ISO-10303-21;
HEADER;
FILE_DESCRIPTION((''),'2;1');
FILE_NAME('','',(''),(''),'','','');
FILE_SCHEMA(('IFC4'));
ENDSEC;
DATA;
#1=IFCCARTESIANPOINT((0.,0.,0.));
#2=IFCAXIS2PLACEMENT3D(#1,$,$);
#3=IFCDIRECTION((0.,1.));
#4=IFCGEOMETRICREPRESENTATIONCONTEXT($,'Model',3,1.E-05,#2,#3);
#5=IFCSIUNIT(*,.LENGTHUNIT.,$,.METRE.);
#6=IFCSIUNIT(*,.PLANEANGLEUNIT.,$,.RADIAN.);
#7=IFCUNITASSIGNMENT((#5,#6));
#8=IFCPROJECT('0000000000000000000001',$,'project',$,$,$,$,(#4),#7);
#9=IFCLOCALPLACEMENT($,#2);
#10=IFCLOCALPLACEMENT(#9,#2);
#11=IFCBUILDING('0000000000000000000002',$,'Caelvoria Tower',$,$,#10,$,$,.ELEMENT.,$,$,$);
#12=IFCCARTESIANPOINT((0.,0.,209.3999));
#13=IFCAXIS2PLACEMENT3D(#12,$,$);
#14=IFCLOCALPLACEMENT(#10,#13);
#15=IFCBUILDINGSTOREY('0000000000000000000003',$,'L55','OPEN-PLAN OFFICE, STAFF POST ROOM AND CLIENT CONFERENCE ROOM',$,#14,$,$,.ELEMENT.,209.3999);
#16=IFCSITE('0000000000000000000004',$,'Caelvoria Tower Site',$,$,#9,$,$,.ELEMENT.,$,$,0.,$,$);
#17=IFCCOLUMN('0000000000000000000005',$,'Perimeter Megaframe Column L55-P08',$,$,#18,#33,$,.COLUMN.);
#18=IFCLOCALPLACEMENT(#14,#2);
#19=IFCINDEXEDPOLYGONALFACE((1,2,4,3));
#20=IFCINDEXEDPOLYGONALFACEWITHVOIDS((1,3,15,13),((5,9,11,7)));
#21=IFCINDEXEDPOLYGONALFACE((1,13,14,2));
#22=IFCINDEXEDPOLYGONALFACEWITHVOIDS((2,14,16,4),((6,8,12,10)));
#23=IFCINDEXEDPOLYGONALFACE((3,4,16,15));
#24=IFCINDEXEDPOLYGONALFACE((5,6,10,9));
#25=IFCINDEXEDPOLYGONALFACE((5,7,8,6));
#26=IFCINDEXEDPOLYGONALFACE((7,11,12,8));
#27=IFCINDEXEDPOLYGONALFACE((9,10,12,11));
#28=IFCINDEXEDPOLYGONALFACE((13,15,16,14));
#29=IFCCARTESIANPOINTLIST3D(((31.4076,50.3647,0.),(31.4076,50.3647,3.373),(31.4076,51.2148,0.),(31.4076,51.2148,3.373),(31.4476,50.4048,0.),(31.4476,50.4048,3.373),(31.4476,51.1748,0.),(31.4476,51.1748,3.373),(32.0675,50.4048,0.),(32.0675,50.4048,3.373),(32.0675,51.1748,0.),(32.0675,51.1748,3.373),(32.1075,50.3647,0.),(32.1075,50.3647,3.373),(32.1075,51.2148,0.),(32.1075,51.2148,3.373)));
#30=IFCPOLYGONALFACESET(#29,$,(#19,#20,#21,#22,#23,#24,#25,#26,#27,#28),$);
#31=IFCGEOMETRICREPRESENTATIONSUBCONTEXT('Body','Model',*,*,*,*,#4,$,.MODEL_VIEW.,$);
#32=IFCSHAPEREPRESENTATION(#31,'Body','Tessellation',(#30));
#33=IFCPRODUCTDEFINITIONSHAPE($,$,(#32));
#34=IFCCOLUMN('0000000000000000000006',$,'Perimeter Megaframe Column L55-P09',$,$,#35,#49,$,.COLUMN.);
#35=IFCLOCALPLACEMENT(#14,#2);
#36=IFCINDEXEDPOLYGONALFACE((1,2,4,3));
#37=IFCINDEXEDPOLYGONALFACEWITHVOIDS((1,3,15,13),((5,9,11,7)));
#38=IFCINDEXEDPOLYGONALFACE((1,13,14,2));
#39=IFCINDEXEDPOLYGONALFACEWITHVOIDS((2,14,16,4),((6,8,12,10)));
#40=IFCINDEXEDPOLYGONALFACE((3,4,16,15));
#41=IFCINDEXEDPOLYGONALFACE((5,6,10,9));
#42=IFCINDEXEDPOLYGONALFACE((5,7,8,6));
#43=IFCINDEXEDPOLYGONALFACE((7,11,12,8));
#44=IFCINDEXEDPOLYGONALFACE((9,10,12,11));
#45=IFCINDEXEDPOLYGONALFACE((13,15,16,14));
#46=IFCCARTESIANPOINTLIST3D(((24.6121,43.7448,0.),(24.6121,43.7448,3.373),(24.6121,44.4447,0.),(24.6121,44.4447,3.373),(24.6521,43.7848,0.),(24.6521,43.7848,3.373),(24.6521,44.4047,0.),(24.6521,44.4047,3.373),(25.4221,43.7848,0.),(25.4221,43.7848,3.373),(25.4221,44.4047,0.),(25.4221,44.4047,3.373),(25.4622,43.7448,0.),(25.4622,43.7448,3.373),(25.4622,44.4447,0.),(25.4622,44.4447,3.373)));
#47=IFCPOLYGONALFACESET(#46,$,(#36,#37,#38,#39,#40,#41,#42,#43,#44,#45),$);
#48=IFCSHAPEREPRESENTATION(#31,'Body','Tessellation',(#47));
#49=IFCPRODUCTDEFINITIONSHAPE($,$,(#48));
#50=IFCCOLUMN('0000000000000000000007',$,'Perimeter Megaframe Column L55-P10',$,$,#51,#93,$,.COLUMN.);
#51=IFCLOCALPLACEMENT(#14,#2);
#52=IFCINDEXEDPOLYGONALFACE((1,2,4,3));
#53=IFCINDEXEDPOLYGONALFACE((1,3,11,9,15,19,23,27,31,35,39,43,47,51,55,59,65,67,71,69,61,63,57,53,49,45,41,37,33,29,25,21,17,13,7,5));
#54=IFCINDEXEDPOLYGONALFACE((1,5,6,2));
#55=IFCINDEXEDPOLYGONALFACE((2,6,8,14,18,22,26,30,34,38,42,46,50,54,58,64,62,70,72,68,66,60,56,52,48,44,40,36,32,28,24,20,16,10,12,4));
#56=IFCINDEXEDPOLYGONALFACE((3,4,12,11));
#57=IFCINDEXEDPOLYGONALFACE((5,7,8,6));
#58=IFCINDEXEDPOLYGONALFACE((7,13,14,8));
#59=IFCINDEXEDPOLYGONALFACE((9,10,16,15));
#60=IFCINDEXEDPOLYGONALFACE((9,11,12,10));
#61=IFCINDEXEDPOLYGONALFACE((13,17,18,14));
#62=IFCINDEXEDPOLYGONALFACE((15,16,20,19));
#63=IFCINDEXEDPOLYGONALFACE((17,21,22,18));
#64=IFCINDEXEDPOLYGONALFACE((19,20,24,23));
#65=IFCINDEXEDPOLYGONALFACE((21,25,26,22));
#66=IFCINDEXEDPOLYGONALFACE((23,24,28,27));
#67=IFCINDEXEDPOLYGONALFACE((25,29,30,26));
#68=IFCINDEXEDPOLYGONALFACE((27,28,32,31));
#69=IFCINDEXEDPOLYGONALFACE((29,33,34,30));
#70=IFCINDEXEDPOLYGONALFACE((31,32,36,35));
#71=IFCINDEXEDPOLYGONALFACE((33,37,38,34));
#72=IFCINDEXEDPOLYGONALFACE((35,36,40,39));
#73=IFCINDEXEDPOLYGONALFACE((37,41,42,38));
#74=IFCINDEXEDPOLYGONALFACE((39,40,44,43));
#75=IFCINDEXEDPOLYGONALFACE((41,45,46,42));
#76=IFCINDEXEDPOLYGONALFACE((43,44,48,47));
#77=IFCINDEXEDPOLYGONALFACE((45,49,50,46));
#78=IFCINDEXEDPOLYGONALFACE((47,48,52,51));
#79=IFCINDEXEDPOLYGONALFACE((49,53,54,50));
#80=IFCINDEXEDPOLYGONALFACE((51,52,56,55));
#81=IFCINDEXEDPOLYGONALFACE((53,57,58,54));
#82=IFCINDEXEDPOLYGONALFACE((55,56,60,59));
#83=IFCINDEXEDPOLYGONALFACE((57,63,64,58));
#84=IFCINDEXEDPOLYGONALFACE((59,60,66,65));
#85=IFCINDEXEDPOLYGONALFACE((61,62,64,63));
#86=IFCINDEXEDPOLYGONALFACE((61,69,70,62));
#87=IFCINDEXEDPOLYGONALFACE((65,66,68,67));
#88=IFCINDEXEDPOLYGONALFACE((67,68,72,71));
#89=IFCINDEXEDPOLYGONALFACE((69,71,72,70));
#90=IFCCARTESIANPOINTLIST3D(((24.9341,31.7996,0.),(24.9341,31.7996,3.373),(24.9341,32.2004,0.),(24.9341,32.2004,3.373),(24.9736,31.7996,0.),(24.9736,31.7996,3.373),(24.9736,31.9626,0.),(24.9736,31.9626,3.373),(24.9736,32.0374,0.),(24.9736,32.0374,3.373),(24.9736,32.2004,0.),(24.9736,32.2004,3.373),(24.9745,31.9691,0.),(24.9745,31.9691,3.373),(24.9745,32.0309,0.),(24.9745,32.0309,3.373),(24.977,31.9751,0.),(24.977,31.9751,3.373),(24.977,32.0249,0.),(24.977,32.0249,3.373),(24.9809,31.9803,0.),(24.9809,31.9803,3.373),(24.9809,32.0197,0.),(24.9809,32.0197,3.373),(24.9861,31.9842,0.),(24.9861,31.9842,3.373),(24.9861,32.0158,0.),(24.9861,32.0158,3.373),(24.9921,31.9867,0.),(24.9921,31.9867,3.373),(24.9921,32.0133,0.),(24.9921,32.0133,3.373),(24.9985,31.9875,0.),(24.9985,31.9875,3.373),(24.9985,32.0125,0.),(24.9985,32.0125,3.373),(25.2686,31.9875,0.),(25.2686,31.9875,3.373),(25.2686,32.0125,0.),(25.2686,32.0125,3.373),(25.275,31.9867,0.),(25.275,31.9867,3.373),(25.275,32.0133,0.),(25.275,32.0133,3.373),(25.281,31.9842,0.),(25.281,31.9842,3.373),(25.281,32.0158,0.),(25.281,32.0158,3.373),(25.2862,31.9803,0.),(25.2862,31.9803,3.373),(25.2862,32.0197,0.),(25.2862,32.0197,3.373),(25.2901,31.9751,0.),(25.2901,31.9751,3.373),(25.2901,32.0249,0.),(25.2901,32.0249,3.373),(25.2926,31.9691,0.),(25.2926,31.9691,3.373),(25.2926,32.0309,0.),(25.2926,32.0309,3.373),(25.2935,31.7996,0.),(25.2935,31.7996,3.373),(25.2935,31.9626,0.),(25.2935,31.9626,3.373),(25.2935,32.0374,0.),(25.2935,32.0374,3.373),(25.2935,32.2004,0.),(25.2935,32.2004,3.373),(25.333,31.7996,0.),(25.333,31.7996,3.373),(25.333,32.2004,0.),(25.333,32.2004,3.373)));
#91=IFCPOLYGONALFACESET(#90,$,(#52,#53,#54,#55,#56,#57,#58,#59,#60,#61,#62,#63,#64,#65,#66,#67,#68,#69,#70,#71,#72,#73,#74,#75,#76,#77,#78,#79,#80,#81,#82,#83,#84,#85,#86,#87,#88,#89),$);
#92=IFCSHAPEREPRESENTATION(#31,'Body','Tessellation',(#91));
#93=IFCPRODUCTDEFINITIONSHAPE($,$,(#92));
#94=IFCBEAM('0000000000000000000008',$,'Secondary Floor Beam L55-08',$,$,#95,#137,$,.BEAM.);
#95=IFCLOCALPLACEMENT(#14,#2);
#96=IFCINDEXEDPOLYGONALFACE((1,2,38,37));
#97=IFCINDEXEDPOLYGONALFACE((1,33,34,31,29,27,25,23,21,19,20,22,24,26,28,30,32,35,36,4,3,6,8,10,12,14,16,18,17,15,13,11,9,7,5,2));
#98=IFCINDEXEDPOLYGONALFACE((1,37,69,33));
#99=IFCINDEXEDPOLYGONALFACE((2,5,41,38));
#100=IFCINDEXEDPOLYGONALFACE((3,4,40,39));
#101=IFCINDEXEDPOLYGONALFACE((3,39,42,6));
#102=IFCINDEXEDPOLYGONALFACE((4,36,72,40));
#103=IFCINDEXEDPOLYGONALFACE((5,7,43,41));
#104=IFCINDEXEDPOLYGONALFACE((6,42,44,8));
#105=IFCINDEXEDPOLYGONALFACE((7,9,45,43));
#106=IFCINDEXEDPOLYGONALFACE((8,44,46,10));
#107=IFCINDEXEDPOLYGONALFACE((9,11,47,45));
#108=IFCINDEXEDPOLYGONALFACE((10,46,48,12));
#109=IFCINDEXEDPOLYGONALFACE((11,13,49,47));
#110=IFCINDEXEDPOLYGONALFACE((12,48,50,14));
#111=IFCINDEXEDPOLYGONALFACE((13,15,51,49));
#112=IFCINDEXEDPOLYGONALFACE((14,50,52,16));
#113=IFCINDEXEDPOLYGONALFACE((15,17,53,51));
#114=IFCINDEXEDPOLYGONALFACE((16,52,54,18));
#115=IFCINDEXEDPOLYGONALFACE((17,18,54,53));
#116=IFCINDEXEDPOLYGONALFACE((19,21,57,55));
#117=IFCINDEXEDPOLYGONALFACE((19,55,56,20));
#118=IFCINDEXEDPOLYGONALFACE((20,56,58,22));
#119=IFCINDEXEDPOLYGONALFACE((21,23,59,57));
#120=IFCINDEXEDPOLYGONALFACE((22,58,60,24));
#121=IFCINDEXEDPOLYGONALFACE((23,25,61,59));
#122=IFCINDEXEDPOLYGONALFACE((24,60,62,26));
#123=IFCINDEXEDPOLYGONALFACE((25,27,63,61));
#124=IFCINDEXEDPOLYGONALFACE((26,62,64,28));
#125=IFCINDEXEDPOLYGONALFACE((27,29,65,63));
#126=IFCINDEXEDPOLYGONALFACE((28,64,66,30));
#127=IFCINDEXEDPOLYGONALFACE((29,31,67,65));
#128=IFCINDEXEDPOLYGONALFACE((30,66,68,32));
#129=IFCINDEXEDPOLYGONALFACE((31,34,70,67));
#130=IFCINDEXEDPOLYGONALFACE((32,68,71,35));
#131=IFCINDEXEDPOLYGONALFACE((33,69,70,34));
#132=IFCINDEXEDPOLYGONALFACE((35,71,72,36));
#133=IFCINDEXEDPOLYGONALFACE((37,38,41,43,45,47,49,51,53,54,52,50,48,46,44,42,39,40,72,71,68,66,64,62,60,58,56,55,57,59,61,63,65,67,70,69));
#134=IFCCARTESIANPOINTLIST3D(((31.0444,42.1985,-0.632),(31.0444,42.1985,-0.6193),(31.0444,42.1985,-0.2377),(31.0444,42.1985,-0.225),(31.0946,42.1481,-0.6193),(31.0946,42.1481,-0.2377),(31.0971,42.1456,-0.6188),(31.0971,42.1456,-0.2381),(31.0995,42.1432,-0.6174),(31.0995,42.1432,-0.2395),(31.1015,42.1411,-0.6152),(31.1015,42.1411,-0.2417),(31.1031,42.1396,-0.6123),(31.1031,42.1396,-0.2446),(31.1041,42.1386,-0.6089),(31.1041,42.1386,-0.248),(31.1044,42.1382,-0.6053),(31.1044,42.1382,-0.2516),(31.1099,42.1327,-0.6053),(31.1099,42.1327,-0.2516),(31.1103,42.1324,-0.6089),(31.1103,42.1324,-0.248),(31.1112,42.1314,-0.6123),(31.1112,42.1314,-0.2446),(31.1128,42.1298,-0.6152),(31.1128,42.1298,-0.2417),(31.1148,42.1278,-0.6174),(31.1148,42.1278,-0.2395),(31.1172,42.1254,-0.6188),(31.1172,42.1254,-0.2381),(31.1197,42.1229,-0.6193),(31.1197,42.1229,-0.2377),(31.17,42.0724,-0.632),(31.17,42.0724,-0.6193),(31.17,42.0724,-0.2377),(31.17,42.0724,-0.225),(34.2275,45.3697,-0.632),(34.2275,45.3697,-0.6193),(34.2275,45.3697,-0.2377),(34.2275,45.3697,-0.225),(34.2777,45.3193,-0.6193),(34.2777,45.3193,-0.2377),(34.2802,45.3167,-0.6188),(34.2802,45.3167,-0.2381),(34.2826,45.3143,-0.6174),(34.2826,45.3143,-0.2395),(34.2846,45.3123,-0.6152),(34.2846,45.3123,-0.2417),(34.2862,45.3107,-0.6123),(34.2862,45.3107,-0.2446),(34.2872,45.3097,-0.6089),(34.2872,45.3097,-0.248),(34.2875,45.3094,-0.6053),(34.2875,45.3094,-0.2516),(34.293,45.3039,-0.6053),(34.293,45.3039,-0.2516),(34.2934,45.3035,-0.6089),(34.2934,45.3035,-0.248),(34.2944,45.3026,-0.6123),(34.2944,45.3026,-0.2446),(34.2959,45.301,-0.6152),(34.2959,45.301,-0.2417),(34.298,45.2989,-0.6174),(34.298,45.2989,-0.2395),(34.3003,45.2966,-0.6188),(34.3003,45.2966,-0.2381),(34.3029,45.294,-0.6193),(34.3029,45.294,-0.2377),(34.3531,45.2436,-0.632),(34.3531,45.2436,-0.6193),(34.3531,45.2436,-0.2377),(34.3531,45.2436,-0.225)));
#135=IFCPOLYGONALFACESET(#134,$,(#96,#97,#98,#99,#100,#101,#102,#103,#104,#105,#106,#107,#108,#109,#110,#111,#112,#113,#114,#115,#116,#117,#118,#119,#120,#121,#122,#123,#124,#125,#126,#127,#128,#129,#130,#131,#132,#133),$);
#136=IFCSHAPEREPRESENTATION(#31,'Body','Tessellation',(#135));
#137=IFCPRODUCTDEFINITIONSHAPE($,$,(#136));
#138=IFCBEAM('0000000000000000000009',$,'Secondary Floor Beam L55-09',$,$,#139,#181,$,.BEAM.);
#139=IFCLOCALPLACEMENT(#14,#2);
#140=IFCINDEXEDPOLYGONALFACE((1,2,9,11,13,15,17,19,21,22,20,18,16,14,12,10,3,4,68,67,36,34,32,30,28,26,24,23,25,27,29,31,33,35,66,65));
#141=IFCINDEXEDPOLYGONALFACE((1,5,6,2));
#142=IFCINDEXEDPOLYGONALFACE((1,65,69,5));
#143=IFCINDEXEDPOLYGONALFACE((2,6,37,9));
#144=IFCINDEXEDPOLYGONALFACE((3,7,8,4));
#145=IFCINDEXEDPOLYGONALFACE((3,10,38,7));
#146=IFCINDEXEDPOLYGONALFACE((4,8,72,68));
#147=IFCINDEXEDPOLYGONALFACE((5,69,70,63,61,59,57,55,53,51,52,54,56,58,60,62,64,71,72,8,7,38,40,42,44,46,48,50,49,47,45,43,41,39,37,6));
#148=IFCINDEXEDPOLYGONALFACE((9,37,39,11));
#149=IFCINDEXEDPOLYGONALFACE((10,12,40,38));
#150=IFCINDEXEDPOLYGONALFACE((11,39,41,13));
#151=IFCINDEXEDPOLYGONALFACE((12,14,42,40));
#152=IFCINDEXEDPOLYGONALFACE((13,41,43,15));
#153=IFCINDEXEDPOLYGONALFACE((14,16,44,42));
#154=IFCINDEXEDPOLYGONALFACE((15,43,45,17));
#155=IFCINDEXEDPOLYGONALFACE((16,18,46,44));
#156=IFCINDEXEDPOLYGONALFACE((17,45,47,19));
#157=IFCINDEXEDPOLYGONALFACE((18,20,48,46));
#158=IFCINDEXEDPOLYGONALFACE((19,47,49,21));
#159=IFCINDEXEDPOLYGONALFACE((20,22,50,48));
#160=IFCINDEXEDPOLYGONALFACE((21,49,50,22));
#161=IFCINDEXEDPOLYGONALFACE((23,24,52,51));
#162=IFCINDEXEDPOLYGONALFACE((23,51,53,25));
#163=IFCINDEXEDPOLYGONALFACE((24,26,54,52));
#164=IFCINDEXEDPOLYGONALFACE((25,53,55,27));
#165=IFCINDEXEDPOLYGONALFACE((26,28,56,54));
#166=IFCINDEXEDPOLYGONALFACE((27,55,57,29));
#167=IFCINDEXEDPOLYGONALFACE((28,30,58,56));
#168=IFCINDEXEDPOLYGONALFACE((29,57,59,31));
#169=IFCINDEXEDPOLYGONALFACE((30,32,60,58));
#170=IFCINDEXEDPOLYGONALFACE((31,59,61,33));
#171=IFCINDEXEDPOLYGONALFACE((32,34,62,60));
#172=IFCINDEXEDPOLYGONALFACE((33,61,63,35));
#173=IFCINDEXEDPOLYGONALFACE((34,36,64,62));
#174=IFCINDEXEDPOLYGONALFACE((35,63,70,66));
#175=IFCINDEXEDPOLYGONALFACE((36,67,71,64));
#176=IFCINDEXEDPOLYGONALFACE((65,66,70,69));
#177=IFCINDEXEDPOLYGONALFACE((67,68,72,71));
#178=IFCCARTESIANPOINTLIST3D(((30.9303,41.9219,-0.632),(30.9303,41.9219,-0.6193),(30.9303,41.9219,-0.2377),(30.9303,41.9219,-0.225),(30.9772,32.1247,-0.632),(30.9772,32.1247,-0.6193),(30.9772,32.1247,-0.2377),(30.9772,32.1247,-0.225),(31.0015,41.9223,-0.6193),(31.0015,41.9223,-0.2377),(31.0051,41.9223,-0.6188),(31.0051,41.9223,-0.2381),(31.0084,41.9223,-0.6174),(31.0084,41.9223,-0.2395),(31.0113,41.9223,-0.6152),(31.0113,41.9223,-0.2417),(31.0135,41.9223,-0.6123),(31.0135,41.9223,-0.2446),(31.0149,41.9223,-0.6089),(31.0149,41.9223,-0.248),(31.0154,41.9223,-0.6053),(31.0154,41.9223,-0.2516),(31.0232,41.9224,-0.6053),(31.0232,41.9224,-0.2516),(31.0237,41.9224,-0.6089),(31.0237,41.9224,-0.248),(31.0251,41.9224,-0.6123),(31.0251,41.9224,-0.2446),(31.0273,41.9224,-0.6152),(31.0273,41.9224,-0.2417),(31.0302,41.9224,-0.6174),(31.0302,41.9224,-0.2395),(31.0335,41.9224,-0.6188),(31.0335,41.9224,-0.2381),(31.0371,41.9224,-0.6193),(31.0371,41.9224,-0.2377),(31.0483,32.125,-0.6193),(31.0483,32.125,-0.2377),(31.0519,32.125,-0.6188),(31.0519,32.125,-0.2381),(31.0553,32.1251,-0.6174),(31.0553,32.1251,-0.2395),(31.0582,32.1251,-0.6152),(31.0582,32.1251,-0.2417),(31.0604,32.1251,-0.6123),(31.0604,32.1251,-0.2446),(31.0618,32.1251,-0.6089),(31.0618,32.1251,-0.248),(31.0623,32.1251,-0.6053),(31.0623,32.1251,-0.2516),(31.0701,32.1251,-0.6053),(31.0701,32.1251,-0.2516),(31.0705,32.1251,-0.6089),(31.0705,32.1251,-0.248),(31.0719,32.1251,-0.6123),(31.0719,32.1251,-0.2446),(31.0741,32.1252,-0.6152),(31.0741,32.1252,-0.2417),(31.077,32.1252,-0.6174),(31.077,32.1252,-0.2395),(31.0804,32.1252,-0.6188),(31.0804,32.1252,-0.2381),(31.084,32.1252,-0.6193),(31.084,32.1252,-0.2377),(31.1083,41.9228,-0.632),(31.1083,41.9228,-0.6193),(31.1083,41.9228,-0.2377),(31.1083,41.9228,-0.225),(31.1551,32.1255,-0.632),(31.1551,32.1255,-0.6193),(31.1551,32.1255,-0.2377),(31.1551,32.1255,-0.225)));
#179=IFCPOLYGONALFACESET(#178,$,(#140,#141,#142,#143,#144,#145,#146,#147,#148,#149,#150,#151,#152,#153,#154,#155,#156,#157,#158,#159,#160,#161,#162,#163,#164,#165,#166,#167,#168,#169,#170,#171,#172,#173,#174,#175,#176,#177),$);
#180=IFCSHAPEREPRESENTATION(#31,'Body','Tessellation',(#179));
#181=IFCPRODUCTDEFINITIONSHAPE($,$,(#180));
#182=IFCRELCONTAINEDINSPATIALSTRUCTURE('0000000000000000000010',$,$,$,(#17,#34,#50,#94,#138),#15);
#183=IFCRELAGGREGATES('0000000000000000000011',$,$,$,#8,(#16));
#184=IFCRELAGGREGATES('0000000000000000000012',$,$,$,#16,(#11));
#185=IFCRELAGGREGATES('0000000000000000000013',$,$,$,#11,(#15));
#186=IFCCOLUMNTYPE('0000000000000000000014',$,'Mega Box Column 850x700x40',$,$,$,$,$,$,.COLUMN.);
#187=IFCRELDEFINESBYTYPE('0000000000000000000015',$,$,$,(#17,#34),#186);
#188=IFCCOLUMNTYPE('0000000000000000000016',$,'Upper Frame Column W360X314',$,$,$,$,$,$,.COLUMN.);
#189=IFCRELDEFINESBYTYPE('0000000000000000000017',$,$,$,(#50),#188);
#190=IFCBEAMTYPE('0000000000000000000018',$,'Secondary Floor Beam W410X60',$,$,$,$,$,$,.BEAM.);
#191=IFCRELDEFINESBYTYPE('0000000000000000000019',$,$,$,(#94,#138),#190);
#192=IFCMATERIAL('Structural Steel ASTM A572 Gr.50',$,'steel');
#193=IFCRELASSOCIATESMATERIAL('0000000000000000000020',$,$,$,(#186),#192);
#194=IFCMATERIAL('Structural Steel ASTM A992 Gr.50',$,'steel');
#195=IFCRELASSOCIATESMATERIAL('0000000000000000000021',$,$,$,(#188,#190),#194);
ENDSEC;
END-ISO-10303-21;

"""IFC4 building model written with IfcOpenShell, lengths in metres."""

from ifc_helpers import new_model, si_unit, direction, frame, origin, origin_2d, place, context, subcontext, project, spatial, hollow_rectangle, i_section, extrude, material, material_profile, profile_set, type_object, element, save


model = new_model("IFC4")

# Units and contexts
model_context = context("Model", 3, precision=1e-05, world=origin(), true_north=direction((0.0, 1.0)))
body_context = subcontext(model_context, "Body", "Model", "MODEL_VIEW")
ifc_project = project(units=[si_unit("LENGTHUNIT", "METRE"), si_unit("PLANEANGLEUNIT", "RADIAN")], contexts=[model_context])

# Site, building, storey
site_placement = place(None, origin())
site = spatial("IfcSite", under=ifc_project, at=site_placement, Name="Caelvoria Tower Site", CompositionType="ELEMENT", RefElevation=0.0)
building_placement = place(site_placement, origin())
building = spatial("IfcBuilding", under=site, at=building_placement, Name="Caelvoria Tower", CompositionType="ELEMENT")
storey_placement = place(building_placement, frame((0.0, 0.0, 209.3999)))
storey = spatial("IfcBuildingStorey", under=building, at=storey_placement, Name="L55", Description="OPEN-PLAN OFFICE, STAFF POST ROOM AND CLIENT CONFERENCE ROOM", CompositionType="ELEMENT", Elevation=209.3999)

# Columns
ifc_material_1 = material(Name="Structural Steel ASTM A572 Gr.50", Category="steel")
ifc_material_profile_1 = material_profile(ifc_material_1, hollow_rectangle(XDim=0.7, YDim=0.8501, WallThickness=0.04, at=origin_2d()), Name="Structural Steel ASTM A572 Gr.50")
ifc_profile_set_1 = profile_set([ifc_material_profile_1], Name="BOX850X700X40 - Structural Steel ASTM A572 Gr.50")
column_type_1 = type_object("IfcColumnType", Name="Mega Box Column 850x700x40", PredefinedType="COLUMN", material=ifc_profile_set_1)
for number, where, z_axis, x_axis, name in (
    (1, (31.7576, 50.7898, 0.0), (0.0, 0.0, 1.0), (1.0, 0.0, 0.0), "Perimeter Megaframe Column L55-P08"),
    (2, (25.0371, 44.0947, 0.0), (0.0, 0.0, 1.0), (0.0, 1.0, 0.0), "Perimeter Megaframe Column L55-P09"),
):
    element("IfcColumn", number, at=place(storey_placement, frame(where, z_axis=z_axis, x_axis=x_axis)), inside=storey, type_object=column_type_1, Name=name, PredefinedType="COLUMN", context=body_context, shape_type="SweptSolid", body=[
        extrude(hollow_rectangle(XDim=0.7, YDim=0.8501, WallThickness=0.04, at=origin_2d()), origin(), (0.0, 0.0, 1.0), 3.373),
    ])
ifc_material_2 = material(Name="Structural Steel ASTM A992 Gr.50", Category="steel")
ifc_material_profile_2 = material_profile(ifc_material_2, i_section(OverallWidth=0.4009, OverallDepth=0.3989, WebThickness=0.0249, FlangeThickness=0.0396, FilletRadius=0.0249, at=origin_2d()), Name="Structural Steel ASTM A992 Gr.50")
ifc_profile_set_2 = profile_set([ifc_material_profile_2], Name="W360X314 - Structural Steel ASTM A992 Gr.50")
column_type_2 = type_object("IfcColumnType", Name="Upper Frame Column W360X314", PredefinedType="COLUMN", material=ifc_profile_set_2)
column_placement = place(storey_placement, frame((25.1335, 32.0, 0.0), z_axis=(0.0, 0.0, 1.0), x_axis=(0.0, 1.0, 0.0)))
element("IfcColumn", 3, at=column_placement, inside=storey, type_object=column_type_2, Name="Perimeter Megaframe Column L55-P10", PredefinedType="COLUMN", context=body_context, shape_type="SweptSolid", body=[
    extrude(i_section(OverallWidth=0.4009, OverallDepth=0.3989, WebThickness=0.0249, FlangeThickness=0.0396, FilletRadius=0.0249, at=origin_2d()), origin(), (0.0, 0.0, 1.0), 3.373),
])

# Beams
ifc_material_profile_3 = material_profile(ifc_material_2, i_section(OverallWidth=0.178, OverallDepth=0.407, WebThickness=0.0078, FlangeThickness=0.0127, FilletRadius=0.0139, at=origin_2d()), Name="Structural Steel ASTM A992 Gr.50")
ifc_profile_set_3 = profile_set([ifc_material_profile_3], Name="W410X60 - Structural Steel ASTM A992 Gr.50")
beam_type_1 = type_object("IfcBeamType", Name="Secondary Floor Beam W410X60", PredefinedType="BEAM", material=ifc_profile_set_3)
beam_1_placement = place(storey_placement, frame((34.2903, 45.3066, -0.4285), z_axis=(-0.708437, -0.705774, 0.0), x_axis=(0.705774, -0.708437, 0.0)))
element("IfcBeam", 4, at=beam_1_placement, inside=storey, type_object=beam_type_1, Name="Secondary Floor Beam L55-08", PredefinedType="BEAM", context=body_context, shape_type="SweptSolid", body=[
    extrude(i_section(OverallWidth=0.178, OverallDepth=0.407, WebThickness=0.0078, FlangeThickness=0.0127, FilletRadius=0.0139, at=origin_2d()), origin(), (0.0, 0.0, 1.0), 4.4932),
])
for number, where, z_axis, x_axis, name in (
    (5, (31.0193, 41.9224, -0.4285), (0.004784, -0.999989, 0.0), (0.999989, 0.004784, 0.0), "Secondary Floor Beam L55-09"),
):
    element("IfcBeam", number, at=place(storey_placement, frame(where, z_axis=z_axis, x_axis=x_axis)), inside=storey, type_object=beam_type_1, Name=name, PredefinedType="BEAM", context=body_context, shape_type="SweptSolid", body=[
        extrude(i_section(OverallWidth=0.178, OverallDepth=0.407, WebThickness=0.0078, FlangeThickness=0.0127, FilletRadius=0.0139, at=origin_2d()), origin(), (0.0, 0.0, 1.0), 9.7974),
    ])

save(model, "model.ifc")
